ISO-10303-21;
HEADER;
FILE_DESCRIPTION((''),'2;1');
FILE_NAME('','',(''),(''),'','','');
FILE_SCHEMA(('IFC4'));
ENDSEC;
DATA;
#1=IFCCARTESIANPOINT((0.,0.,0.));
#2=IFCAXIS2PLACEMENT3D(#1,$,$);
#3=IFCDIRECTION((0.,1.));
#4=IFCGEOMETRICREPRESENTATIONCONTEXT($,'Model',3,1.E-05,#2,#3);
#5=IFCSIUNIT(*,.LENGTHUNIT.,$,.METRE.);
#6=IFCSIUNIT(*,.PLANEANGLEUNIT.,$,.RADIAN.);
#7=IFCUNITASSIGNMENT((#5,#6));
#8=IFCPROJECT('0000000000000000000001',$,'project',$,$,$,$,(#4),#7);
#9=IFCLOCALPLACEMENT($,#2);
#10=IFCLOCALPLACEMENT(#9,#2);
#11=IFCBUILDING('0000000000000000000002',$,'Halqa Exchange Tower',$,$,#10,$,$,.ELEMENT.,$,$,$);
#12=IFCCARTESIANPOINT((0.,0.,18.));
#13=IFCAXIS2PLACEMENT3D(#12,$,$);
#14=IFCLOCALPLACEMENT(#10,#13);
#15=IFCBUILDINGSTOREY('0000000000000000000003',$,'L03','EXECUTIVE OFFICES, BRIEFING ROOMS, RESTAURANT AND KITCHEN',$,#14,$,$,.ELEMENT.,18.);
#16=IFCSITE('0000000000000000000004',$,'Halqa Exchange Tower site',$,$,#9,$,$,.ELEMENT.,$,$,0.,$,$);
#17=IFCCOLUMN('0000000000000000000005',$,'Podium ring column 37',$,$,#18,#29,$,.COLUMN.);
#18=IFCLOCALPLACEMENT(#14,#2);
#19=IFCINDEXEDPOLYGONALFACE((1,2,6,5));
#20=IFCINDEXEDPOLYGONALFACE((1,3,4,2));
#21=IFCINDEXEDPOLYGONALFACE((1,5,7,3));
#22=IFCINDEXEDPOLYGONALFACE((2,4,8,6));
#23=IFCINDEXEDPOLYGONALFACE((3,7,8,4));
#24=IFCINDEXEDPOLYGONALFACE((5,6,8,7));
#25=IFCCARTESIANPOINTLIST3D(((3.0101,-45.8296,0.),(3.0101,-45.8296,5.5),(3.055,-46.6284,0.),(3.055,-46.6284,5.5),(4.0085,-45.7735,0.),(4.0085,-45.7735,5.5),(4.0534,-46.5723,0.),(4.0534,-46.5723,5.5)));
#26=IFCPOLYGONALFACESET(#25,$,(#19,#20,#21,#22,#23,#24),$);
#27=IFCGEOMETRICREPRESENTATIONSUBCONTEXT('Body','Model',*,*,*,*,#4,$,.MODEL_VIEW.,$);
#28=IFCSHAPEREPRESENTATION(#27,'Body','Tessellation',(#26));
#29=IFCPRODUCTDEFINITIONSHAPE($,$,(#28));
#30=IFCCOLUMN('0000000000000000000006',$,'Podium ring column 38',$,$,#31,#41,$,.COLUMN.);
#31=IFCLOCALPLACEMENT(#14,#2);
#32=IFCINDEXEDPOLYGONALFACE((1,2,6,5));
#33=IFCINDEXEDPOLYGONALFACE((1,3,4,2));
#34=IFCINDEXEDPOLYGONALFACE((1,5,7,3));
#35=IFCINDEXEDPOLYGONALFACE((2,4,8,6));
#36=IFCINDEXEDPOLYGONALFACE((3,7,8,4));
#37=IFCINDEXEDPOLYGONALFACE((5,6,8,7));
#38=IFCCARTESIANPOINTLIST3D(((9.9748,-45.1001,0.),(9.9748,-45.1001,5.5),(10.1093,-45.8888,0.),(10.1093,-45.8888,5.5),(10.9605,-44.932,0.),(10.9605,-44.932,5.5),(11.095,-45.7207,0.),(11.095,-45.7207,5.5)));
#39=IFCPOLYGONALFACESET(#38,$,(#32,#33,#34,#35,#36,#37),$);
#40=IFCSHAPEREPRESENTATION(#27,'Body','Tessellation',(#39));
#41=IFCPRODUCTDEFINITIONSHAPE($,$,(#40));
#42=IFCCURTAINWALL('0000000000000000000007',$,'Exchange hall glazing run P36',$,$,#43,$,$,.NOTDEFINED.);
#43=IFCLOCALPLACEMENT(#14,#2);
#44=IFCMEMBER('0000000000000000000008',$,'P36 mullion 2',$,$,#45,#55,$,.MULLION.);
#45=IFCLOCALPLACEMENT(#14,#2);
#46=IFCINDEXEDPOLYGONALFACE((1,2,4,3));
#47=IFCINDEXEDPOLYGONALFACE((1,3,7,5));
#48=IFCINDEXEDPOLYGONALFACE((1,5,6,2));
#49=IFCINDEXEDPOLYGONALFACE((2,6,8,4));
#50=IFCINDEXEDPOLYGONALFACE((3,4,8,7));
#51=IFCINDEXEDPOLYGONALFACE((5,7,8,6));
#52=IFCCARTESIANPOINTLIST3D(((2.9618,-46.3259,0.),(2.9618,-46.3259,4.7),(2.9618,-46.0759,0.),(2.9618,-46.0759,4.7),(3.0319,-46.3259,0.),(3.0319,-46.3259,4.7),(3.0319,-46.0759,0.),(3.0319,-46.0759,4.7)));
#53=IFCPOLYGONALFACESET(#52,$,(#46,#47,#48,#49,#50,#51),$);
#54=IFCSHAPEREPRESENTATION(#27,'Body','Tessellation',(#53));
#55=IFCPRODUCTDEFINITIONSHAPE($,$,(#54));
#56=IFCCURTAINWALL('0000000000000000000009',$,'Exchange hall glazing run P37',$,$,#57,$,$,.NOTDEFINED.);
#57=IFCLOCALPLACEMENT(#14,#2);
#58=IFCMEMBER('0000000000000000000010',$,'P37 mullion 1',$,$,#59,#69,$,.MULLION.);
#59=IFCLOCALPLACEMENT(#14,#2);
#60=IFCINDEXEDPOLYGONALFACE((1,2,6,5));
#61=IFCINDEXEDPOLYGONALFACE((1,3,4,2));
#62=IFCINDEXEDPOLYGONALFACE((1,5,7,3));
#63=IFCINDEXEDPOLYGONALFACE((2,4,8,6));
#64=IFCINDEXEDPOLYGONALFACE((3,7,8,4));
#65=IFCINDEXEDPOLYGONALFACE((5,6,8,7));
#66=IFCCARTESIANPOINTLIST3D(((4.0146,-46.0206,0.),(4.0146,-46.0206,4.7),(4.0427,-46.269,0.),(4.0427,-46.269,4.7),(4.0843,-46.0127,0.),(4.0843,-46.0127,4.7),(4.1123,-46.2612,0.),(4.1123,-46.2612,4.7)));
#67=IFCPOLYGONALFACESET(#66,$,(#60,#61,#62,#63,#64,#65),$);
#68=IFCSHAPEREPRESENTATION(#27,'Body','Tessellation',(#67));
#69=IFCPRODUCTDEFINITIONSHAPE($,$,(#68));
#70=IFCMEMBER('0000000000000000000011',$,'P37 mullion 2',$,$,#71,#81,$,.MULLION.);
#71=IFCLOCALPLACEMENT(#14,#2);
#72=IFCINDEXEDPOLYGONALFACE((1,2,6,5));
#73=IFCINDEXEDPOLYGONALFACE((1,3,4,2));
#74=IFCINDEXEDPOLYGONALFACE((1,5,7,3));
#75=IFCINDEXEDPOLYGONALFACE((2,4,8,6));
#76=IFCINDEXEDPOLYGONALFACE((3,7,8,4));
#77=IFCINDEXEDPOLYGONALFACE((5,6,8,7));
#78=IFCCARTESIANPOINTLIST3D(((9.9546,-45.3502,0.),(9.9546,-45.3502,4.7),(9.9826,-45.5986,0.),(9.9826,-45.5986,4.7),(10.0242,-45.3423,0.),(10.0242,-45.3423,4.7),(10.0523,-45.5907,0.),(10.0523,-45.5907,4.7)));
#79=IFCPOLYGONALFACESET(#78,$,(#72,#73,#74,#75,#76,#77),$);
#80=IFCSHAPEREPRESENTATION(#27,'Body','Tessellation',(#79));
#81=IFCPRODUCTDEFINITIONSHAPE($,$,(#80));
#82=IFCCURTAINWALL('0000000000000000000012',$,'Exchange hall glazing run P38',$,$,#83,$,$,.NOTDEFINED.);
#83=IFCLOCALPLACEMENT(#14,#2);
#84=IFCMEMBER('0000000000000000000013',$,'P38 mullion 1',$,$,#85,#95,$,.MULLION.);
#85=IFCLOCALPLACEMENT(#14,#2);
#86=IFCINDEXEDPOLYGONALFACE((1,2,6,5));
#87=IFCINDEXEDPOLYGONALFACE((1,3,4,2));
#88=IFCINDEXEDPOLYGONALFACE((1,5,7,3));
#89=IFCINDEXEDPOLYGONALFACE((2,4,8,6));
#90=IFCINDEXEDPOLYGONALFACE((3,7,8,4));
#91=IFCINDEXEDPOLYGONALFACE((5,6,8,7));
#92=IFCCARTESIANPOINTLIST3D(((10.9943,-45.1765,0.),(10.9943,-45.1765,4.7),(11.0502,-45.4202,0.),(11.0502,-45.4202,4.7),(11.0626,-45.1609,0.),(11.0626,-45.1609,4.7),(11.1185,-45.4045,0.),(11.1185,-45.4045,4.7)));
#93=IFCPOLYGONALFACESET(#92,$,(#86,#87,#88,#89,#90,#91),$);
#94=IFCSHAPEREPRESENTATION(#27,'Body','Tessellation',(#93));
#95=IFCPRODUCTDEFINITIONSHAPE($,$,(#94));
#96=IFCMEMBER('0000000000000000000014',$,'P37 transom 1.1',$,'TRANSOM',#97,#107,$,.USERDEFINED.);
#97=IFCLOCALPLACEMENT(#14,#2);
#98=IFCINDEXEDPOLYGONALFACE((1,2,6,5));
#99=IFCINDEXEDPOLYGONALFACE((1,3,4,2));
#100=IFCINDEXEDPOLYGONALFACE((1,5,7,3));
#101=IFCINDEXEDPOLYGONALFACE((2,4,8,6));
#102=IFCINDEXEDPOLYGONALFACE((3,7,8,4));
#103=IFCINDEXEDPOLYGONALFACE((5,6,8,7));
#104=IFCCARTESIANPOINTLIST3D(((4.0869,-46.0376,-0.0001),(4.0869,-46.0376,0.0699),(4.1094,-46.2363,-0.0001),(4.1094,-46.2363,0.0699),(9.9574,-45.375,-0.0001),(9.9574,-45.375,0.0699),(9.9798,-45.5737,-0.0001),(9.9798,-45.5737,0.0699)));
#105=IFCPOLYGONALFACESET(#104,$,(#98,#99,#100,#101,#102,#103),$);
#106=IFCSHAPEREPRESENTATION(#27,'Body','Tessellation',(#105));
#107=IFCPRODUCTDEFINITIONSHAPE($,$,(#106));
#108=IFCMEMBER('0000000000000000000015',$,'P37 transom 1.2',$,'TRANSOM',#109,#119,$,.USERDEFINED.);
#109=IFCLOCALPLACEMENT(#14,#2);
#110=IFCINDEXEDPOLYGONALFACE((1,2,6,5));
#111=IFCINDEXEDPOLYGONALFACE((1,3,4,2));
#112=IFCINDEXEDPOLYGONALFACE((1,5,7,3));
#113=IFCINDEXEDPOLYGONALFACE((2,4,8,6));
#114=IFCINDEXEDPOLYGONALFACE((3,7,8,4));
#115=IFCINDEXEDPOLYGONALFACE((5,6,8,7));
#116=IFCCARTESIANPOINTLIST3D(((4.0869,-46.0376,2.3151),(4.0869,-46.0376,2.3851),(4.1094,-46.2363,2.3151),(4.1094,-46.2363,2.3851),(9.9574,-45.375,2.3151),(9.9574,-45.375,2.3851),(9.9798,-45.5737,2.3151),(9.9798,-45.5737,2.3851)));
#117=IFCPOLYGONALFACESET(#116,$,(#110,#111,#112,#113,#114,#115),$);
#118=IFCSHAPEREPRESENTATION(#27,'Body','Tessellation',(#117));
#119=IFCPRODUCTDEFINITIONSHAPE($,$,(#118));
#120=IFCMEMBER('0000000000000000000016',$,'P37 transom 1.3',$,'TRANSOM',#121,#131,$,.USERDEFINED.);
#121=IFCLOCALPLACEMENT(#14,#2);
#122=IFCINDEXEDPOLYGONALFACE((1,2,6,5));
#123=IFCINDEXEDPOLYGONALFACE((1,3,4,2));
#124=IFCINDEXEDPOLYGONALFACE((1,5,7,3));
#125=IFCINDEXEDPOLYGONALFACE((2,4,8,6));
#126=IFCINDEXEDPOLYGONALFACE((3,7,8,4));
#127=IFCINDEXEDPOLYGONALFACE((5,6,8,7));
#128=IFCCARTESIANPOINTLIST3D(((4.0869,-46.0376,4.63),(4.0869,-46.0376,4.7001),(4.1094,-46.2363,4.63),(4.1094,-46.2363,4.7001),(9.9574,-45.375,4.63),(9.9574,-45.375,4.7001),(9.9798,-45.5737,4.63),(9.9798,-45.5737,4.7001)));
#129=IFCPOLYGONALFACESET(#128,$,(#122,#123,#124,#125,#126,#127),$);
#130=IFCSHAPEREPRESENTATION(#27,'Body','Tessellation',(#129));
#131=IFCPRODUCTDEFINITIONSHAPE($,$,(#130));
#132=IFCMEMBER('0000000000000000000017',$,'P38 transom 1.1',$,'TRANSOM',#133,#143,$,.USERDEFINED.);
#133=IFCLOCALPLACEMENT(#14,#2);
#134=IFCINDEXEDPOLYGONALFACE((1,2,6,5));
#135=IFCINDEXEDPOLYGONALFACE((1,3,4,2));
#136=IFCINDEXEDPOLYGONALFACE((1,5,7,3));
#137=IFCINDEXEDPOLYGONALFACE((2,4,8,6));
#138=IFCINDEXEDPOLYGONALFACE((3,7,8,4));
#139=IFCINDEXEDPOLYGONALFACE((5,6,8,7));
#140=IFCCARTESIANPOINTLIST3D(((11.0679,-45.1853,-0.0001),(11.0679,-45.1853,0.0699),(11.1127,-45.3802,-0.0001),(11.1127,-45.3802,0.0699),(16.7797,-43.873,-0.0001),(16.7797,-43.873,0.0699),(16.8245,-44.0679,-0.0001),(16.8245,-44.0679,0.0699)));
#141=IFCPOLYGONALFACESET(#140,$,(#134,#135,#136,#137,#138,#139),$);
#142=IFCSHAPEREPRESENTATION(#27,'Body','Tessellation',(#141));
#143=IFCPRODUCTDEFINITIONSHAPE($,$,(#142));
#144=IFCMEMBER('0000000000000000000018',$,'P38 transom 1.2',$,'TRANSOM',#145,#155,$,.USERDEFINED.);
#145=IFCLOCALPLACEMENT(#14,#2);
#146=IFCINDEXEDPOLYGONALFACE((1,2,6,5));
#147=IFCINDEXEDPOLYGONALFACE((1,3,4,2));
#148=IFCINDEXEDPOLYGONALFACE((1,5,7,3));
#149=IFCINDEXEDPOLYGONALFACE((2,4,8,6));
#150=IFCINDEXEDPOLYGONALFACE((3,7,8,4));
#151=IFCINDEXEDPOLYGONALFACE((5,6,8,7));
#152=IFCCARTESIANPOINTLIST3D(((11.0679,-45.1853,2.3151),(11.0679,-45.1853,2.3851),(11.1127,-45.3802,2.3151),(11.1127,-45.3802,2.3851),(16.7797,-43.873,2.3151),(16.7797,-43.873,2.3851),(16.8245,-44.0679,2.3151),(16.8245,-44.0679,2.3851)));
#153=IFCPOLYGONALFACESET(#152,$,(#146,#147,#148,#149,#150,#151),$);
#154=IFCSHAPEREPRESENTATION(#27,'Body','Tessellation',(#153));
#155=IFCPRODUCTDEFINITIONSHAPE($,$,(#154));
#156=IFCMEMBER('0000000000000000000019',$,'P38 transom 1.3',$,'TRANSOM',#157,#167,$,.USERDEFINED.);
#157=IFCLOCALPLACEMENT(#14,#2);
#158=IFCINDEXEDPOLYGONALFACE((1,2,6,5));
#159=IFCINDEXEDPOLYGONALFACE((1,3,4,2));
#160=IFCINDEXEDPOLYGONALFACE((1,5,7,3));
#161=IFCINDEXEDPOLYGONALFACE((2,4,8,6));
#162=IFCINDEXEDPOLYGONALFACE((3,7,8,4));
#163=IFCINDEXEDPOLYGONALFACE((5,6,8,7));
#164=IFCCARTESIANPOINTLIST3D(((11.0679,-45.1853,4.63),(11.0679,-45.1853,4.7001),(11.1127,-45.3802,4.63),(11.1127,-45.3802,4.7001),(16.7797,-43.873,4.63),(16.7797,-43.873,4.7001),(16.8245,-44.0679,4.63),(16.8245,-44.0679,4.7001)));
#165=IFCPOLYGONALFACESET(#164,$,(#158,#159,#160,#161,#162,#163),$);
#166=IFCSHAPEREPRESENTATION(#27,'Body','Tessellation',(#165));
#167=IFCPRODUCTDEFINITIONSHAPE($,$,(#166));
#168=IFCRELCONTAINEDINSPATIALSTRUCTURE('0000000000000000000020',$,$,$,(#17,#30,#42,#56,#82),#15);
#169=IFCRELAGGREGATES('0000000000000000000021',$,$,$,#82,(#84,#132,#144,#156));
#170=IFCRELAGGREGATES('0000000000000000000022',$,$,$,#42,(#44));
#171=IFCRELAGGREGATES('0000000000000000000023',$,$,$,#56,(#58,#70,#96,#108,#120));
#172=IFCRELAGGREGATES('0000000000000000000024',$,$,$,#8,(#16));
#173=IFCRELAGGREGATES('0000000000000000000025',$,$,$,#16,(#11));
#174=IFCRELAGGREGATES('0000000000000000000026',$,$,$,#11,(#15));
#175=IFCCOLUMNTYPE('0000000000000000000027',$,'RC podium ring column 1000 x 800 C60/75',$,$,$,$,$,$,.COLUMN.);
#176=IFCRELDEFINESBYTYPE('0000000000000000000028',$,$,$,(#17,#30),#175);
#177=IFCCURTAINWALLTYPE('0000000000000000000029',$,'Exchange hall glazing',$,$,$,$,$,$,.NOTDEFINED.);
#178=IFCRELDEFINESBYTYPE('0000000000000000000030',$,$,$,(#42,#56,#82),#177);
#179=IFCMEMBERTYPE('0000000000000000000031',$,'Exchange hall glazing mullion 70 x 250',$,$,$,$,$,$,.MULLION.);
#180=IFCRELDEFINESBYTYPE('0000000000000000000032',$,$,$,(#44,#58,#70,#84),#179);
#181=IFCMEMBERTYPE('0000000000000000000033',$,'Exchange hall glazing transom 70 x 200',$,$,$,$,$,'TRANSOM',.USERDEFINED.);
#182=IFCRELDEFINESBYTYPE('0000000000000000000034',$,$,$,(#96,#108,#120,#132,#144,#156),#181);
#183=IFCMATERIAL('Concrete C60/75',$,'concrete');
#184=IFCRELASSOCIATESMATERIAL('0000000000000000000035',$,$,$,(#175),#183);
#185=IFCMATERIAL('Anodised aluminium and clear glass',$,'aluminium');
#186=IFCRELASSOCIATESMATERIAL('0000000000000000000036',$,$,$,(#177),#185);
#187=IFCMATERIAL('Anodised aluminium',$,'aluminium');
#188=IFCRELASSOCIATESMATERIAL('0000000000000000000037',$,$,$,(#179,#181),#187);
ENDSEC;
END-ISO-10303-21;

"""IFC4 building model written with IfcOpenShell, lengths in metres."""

from ifc_helpers import new_model, si_unit, direction, frame, origin, origin_2d, place, context, subcontext, project, spatial, rectangle, extrude, material, material_profile, profile_set, type_object, element, aggregate, save


model = new_model("IFC4")

# Units and contexts
model_context = context("Model", 3, precision=1e-05, world=origin(), true_north=direction((0.0, 1.0)))
body_context = subcontext(model_context, "Body", "Model", "MODEL_VIEW")
ifc_project = project(units=[si_unit("LENGTHUNIT", "METRE"), si_unit("PLANEANGLEUNIT", "RADIAN")], contexts=[model_context])

# Site, building, storey
site_placement = place(None, origin())
site = spatial("IfcSite", under=ifc_project, at=site_placement, Name="Halqa Exchange Tower site", CompositionType="ELEMENT", RefElevation=0.0)
building_placement = place(site_placement, origin())
building = spatial("IfcBuilding", under=site, at=building_placement, Name="Halqa Exchange Tower", CompositionType="ELEMENT")
storey_placement = place(building_placement, frame((0.0, 0.0, 18.0)))
storey = spatial("IfcBuildingStorey", under=building, at=storey_placement, Name="L03", Description="EXECUTIVE OFFICES, BRIEFING ROOMS, RESTAURANT AND KITCHEN", CompositionType="ELEMENT", Elevation=18.0)

# Columns
ifc_material_1 = material(Name="Concrete C60/75", Category="concrete")
ifc_material_profile_1 = material_profile(ifc_material_1, rectangle(XDim=1.0, YDim=0.8, at=origin_2d()), Name="1000 x 800")
ifc_profile_set_1 = profile_set([ifc_material_profile_1], Name="Concrete C60/75")
column_type = type_object("IfcColumnType", Name="RC podium ring column 1000 x 800 C60/75", PredefinedType="COLUMN", material=ifc_profile_set_1)
for number, where, z_axis, x_axis, name in (
    (1, (3.5317, -46.2009, 0.0), (0.0, 0.0, 1.0), (0.998425, 0.056107, 0.0), "Podium ring column 37"),
    (2, (10.5349, -45.4104, 0.0), (0.0, 0.0, 1.0), (0.985766, 0.168121, 0.0), "Podium ring column 38"),
):
    element("IfcColumn", number, at=place(storey_placement, frame(where, z_axis=z_axis, x_axis=x_axis)), inside=storey, type_object=column_type, Name=name, PredefinedType="COLUMN", context=body_context, shape_type="SweptSolid", body=[
        extrude(rectangle(XDim=1.0, YDim=0.8, at=origin_2d()), origin(), (0.0, 0.0, 1.0), 5.5),
    ])

# Curtain wall, member
ifc_material_2 = material(Name="Anodised aluminium and clear glass", Category="aluminium")
curtain_wall_type = type_object("IfcCurtainWallType", Name="Exchange hall glazing", PredefinedType="NOTDEFINED", material=ifc_material_2)
curtain_wall_1_placement = place(storey_placement, origin())
curtain_wall_1 = element("IfcCurtainWall", 3, at=curtain_wall_1_placement, inside=storey, type_object=curtain_wall_type, Name="Exchange hall glazing run P36", PredefinedType="NOTDEFINED")
ifc_material_3 = material(Name="Anodised aluminium", Category="aluminium")
ifc_material_profile_2 = material_profile(ifc_material_3, rectangle(XDim=0.25, YDim=0.0701, at=origin_2d()), Name="AL 70x250")
ifc_profile_set_2 = profile_set([ifc_material_profile_2], Name="Anodised aluminium")
member_type_1 = type_object("IfcMemberType", Name="Exchange hall glazing mullion 70 x 250", PredefinedType="MULLION", material=ifc_profile_set_2)
member_1_placement = place(storey_placement, frame((2.9968, -46.2009, 0.0), z_axis=(0.0, 0.0, 1.0), x_axis=(0.0, 1.0, 0.0)))
member_1 = element("IfcMember", 4, at=member_1_placement, type_object=member_type_1, Name="P36 mullion 2", PredefinedType="MULLION", context=body_context, shape_type="SweptSolid", body=[
    extrude(rectangle(XDim=0.25, YDim=0.0701, at=origin_2d()), origin(), (0.0, 0.0, 1.0), 4.7),
])

# Curtain wall, members
curtain_wall_2_placement = place(storey_placement, origin())
curtain_wall_2 = element("IfcCurtainWall", 5, at=curtain_wall_2_placement, inside=storey, type_object=curtain_wall_type, Name="Exchange hall glazing run P37", PredefinedType="NOTDEFINED")
member_2_placement = place(storey_placement, frame((4.0635, -46.1409, 0.0), z_axis=(0.0, 0.0, 1.0), x_axis=(-0.112159, 0.99369, 0.0)))
member_2 = element("IfcMember", 6, at=member_2_placement, type_object=member_type_1, Name="P37 mullion 1", PredefinedType="MULLION", context=body_context, shape_type="SweptSolid", body=[
    extrude(rectangle(XDim=0.25, YDim=0.0701, at=origin_2d()), origin(), (0.0, 0.0, 1.0), 4.7),
])
member_3_placement = place(storey_placement, frame((10.0034, -45.4705, 0.0), z_axis=(0.0, 0.0, 1.0), x_axis=(-0.112159, 0.99369, 0.0)))
member_3 = element("IfcMember", 7, at=member_3_placement, type_object=member_type_1, Name="P37 mullion 2", PredefinedType="MULLION", context=body_context, shape_type="SweptSolid", body=[
    extrude(rectangle(XDim=0.25, YDim=0.0701, at=origin_2d()), origin(), (0.0, 0.0, 1.0), 4.7),
])

# Curtain wall, member
curtain_wall_3_placement = place(storey_placement, origin())
curtain_wall_3 = element("IfcCurtainWall", 8, at=curtain_wall_3_placement, inside=storey, type_object=curtain_wall_type, Name="Exchange hall glazing run P38", PredefinedType="NOTDEFINED")
member_4_placement = place(storey_placement, frame((11.0564, -45.2905, 0.0), z_axis=(0.0, 0.0, 1.0), x_axis=(-0.223897, 0.974613, 0.0)))
member_4 = element("IfcMember", 9, at=member_4_placement, type_object=member_type_1, Name="P38 mullion 1", PredefinedType="MULLION", context=body_context, shape_type="SweptSolid", body=[
    extrude(rectangle(XDim=0.25, YDim=0.0701, at=origin_2d()), origin(), (0.0, 0.0, 1.0), 4.7),
])

# Members
ifc_material_profile_3 = material_profile(ifc_material_3, rectangle(XDim=0.2, YDim=0.0701, at=origin_2d()), Name="AL 70x200")
ifc_profile_set_3 = profile_set([ifc_material_profile_3], Name="Anodised aluminium")
member_type_2 = type_object("IfcMemberType", Name="Exchange hall glazing transom 70 x 200", ElementType="TRANSOM", PredefinedType="USERDEFINED", material=ifc_profile_set_3)
member_5_placement = place(storey_placement, frame((4.0981, -46.137, 0.0349), z_axis=(0.99369, 0.11216, 0.0), x_axis=(-0.11216, 0.99369, 0.0)))
member_5 = element("IfcMember", 10, at=member_5_placement, type_object=member_type_2, Name="P37 transom 1.1", ObjectType="TRANSOM", PredefinedType="USERDEFINED", context=body_context, shape_type="SweptSolid", body=[
    extrude(rectangle(XDim=0.2, YDim=0.0701, at=origin_2d()), origin(), (0.0, 0.0, 1.0), 5.9077),
])
member_6_placement = place(storey_placement, frame((4.0981, -46.137, 2.3501), z_axis=(0.99369, 0.11216, 0.0), x_axis=(-0.11216, 0.99369, 0.0)))
member_6 = element("IfcMember", 11, at=member_6_placement, type_object=member_type_2, Name="P37 transom 1.2", ObjectType="TRANSOM", PredefinedType="USERDEFINED", context=body_context, shape_type="SweptSolid", body=[
    extrude(rectangle(XDim=0.2, YDim=0.0701, at=origin_2d()), origin(), (0.0, 0.0, 1.0), 5.9077),
])
member_7_placement = place(storey_placement, frame((4.0981, -46.137, 4.665), z_axis=(0.99369, 0.11216, 0.0), x_axis=(-0.11216, 0.99369, 0.0)))
member_7 = element("IfcMember", 12, at=member_7_placement, type_object=member_type_2, Name="P37 transom 1.3", ObjectType="TRANSOM", PredefinedType="USERDEFINED", context=body_context, shape_type="SweptSolid", body=[
    extrude(rectangle(XDim=0.2, YDim=0.0701, at=origin_2d()), origin(), (0.0, 0.0, 1.0), 5.9077),
])
member_8_placement = place(storey_placement, frame((11.0903, -45.2827, 0.0349), z_axis=(0.97461, 0.223907, 0.0), x_axis=(-0.223907, 0.97461, 0.0)))
member_8 = element("IfcMember", 13, at=member_8_placement, type_object=member_type_2, Name="P38 transom 1.1", ObjectType="TRANSOM", PredefinedType="USERDEFINED", context=body_context, shape_type="SweptSolid", body=[
    extrude(rectangle(XDim=0.2, YDim=0.0701, at=origin_2d()), origin(), (0.0, 0.0, 1.0), 5.8606),
])
member_9_placement = place(storey_placement, frame((11.0903, -45.2827, 2.3501), z_axis=(0.97461, 0.223907, 0.0), x_axis=(-0.223907, 0.97461, 0.0)))
member_9 = element("IfcMember", 14, at=member_9_placement, type_object=member_type_2, Name="P38 transom 1.2", ObjectType="TRANSOM", PredefinedType="USERDEFINED", context=body_context, shape_type="SweptSolid", body=[
    extrude(rectangle(XDim=0.2, YDim=0.0701, at=origin_2d()), origin(), (0.0, 0.0, 1.0), 5.8606),
])
member_10_placement = place(storey_placement, frame((11.0903, -45.2827, 4.665), z_axis=(0.97461, 0.223907, 0.0), x_axis=(-0.223907, 0.97461, 0.0)))
member_10 = element("IfcMember", 15, at=member_10_placement, type_object=member_type_2, Name="P38 transom 1.3", ObjectType="TRANSOM", PredefinedType="USERDEFINED", context=body_context, shape_type="SweptSolid", body=[
    extrude(rectangle(XDim=0.2, YDim=0.0701, at=origin_2d()), origin(), (0.0, 0.0, 1.0), 5.8606),
])
aggregate(curtain_wall_3, [member_4, member_8, member_9, member_10])

aggregate(curtain_wall_1, [member_1])
aggregate(curtain_wall_2, [member_2, member_3, member_5, member_6, member_7])

save(model, "model.ifc")
